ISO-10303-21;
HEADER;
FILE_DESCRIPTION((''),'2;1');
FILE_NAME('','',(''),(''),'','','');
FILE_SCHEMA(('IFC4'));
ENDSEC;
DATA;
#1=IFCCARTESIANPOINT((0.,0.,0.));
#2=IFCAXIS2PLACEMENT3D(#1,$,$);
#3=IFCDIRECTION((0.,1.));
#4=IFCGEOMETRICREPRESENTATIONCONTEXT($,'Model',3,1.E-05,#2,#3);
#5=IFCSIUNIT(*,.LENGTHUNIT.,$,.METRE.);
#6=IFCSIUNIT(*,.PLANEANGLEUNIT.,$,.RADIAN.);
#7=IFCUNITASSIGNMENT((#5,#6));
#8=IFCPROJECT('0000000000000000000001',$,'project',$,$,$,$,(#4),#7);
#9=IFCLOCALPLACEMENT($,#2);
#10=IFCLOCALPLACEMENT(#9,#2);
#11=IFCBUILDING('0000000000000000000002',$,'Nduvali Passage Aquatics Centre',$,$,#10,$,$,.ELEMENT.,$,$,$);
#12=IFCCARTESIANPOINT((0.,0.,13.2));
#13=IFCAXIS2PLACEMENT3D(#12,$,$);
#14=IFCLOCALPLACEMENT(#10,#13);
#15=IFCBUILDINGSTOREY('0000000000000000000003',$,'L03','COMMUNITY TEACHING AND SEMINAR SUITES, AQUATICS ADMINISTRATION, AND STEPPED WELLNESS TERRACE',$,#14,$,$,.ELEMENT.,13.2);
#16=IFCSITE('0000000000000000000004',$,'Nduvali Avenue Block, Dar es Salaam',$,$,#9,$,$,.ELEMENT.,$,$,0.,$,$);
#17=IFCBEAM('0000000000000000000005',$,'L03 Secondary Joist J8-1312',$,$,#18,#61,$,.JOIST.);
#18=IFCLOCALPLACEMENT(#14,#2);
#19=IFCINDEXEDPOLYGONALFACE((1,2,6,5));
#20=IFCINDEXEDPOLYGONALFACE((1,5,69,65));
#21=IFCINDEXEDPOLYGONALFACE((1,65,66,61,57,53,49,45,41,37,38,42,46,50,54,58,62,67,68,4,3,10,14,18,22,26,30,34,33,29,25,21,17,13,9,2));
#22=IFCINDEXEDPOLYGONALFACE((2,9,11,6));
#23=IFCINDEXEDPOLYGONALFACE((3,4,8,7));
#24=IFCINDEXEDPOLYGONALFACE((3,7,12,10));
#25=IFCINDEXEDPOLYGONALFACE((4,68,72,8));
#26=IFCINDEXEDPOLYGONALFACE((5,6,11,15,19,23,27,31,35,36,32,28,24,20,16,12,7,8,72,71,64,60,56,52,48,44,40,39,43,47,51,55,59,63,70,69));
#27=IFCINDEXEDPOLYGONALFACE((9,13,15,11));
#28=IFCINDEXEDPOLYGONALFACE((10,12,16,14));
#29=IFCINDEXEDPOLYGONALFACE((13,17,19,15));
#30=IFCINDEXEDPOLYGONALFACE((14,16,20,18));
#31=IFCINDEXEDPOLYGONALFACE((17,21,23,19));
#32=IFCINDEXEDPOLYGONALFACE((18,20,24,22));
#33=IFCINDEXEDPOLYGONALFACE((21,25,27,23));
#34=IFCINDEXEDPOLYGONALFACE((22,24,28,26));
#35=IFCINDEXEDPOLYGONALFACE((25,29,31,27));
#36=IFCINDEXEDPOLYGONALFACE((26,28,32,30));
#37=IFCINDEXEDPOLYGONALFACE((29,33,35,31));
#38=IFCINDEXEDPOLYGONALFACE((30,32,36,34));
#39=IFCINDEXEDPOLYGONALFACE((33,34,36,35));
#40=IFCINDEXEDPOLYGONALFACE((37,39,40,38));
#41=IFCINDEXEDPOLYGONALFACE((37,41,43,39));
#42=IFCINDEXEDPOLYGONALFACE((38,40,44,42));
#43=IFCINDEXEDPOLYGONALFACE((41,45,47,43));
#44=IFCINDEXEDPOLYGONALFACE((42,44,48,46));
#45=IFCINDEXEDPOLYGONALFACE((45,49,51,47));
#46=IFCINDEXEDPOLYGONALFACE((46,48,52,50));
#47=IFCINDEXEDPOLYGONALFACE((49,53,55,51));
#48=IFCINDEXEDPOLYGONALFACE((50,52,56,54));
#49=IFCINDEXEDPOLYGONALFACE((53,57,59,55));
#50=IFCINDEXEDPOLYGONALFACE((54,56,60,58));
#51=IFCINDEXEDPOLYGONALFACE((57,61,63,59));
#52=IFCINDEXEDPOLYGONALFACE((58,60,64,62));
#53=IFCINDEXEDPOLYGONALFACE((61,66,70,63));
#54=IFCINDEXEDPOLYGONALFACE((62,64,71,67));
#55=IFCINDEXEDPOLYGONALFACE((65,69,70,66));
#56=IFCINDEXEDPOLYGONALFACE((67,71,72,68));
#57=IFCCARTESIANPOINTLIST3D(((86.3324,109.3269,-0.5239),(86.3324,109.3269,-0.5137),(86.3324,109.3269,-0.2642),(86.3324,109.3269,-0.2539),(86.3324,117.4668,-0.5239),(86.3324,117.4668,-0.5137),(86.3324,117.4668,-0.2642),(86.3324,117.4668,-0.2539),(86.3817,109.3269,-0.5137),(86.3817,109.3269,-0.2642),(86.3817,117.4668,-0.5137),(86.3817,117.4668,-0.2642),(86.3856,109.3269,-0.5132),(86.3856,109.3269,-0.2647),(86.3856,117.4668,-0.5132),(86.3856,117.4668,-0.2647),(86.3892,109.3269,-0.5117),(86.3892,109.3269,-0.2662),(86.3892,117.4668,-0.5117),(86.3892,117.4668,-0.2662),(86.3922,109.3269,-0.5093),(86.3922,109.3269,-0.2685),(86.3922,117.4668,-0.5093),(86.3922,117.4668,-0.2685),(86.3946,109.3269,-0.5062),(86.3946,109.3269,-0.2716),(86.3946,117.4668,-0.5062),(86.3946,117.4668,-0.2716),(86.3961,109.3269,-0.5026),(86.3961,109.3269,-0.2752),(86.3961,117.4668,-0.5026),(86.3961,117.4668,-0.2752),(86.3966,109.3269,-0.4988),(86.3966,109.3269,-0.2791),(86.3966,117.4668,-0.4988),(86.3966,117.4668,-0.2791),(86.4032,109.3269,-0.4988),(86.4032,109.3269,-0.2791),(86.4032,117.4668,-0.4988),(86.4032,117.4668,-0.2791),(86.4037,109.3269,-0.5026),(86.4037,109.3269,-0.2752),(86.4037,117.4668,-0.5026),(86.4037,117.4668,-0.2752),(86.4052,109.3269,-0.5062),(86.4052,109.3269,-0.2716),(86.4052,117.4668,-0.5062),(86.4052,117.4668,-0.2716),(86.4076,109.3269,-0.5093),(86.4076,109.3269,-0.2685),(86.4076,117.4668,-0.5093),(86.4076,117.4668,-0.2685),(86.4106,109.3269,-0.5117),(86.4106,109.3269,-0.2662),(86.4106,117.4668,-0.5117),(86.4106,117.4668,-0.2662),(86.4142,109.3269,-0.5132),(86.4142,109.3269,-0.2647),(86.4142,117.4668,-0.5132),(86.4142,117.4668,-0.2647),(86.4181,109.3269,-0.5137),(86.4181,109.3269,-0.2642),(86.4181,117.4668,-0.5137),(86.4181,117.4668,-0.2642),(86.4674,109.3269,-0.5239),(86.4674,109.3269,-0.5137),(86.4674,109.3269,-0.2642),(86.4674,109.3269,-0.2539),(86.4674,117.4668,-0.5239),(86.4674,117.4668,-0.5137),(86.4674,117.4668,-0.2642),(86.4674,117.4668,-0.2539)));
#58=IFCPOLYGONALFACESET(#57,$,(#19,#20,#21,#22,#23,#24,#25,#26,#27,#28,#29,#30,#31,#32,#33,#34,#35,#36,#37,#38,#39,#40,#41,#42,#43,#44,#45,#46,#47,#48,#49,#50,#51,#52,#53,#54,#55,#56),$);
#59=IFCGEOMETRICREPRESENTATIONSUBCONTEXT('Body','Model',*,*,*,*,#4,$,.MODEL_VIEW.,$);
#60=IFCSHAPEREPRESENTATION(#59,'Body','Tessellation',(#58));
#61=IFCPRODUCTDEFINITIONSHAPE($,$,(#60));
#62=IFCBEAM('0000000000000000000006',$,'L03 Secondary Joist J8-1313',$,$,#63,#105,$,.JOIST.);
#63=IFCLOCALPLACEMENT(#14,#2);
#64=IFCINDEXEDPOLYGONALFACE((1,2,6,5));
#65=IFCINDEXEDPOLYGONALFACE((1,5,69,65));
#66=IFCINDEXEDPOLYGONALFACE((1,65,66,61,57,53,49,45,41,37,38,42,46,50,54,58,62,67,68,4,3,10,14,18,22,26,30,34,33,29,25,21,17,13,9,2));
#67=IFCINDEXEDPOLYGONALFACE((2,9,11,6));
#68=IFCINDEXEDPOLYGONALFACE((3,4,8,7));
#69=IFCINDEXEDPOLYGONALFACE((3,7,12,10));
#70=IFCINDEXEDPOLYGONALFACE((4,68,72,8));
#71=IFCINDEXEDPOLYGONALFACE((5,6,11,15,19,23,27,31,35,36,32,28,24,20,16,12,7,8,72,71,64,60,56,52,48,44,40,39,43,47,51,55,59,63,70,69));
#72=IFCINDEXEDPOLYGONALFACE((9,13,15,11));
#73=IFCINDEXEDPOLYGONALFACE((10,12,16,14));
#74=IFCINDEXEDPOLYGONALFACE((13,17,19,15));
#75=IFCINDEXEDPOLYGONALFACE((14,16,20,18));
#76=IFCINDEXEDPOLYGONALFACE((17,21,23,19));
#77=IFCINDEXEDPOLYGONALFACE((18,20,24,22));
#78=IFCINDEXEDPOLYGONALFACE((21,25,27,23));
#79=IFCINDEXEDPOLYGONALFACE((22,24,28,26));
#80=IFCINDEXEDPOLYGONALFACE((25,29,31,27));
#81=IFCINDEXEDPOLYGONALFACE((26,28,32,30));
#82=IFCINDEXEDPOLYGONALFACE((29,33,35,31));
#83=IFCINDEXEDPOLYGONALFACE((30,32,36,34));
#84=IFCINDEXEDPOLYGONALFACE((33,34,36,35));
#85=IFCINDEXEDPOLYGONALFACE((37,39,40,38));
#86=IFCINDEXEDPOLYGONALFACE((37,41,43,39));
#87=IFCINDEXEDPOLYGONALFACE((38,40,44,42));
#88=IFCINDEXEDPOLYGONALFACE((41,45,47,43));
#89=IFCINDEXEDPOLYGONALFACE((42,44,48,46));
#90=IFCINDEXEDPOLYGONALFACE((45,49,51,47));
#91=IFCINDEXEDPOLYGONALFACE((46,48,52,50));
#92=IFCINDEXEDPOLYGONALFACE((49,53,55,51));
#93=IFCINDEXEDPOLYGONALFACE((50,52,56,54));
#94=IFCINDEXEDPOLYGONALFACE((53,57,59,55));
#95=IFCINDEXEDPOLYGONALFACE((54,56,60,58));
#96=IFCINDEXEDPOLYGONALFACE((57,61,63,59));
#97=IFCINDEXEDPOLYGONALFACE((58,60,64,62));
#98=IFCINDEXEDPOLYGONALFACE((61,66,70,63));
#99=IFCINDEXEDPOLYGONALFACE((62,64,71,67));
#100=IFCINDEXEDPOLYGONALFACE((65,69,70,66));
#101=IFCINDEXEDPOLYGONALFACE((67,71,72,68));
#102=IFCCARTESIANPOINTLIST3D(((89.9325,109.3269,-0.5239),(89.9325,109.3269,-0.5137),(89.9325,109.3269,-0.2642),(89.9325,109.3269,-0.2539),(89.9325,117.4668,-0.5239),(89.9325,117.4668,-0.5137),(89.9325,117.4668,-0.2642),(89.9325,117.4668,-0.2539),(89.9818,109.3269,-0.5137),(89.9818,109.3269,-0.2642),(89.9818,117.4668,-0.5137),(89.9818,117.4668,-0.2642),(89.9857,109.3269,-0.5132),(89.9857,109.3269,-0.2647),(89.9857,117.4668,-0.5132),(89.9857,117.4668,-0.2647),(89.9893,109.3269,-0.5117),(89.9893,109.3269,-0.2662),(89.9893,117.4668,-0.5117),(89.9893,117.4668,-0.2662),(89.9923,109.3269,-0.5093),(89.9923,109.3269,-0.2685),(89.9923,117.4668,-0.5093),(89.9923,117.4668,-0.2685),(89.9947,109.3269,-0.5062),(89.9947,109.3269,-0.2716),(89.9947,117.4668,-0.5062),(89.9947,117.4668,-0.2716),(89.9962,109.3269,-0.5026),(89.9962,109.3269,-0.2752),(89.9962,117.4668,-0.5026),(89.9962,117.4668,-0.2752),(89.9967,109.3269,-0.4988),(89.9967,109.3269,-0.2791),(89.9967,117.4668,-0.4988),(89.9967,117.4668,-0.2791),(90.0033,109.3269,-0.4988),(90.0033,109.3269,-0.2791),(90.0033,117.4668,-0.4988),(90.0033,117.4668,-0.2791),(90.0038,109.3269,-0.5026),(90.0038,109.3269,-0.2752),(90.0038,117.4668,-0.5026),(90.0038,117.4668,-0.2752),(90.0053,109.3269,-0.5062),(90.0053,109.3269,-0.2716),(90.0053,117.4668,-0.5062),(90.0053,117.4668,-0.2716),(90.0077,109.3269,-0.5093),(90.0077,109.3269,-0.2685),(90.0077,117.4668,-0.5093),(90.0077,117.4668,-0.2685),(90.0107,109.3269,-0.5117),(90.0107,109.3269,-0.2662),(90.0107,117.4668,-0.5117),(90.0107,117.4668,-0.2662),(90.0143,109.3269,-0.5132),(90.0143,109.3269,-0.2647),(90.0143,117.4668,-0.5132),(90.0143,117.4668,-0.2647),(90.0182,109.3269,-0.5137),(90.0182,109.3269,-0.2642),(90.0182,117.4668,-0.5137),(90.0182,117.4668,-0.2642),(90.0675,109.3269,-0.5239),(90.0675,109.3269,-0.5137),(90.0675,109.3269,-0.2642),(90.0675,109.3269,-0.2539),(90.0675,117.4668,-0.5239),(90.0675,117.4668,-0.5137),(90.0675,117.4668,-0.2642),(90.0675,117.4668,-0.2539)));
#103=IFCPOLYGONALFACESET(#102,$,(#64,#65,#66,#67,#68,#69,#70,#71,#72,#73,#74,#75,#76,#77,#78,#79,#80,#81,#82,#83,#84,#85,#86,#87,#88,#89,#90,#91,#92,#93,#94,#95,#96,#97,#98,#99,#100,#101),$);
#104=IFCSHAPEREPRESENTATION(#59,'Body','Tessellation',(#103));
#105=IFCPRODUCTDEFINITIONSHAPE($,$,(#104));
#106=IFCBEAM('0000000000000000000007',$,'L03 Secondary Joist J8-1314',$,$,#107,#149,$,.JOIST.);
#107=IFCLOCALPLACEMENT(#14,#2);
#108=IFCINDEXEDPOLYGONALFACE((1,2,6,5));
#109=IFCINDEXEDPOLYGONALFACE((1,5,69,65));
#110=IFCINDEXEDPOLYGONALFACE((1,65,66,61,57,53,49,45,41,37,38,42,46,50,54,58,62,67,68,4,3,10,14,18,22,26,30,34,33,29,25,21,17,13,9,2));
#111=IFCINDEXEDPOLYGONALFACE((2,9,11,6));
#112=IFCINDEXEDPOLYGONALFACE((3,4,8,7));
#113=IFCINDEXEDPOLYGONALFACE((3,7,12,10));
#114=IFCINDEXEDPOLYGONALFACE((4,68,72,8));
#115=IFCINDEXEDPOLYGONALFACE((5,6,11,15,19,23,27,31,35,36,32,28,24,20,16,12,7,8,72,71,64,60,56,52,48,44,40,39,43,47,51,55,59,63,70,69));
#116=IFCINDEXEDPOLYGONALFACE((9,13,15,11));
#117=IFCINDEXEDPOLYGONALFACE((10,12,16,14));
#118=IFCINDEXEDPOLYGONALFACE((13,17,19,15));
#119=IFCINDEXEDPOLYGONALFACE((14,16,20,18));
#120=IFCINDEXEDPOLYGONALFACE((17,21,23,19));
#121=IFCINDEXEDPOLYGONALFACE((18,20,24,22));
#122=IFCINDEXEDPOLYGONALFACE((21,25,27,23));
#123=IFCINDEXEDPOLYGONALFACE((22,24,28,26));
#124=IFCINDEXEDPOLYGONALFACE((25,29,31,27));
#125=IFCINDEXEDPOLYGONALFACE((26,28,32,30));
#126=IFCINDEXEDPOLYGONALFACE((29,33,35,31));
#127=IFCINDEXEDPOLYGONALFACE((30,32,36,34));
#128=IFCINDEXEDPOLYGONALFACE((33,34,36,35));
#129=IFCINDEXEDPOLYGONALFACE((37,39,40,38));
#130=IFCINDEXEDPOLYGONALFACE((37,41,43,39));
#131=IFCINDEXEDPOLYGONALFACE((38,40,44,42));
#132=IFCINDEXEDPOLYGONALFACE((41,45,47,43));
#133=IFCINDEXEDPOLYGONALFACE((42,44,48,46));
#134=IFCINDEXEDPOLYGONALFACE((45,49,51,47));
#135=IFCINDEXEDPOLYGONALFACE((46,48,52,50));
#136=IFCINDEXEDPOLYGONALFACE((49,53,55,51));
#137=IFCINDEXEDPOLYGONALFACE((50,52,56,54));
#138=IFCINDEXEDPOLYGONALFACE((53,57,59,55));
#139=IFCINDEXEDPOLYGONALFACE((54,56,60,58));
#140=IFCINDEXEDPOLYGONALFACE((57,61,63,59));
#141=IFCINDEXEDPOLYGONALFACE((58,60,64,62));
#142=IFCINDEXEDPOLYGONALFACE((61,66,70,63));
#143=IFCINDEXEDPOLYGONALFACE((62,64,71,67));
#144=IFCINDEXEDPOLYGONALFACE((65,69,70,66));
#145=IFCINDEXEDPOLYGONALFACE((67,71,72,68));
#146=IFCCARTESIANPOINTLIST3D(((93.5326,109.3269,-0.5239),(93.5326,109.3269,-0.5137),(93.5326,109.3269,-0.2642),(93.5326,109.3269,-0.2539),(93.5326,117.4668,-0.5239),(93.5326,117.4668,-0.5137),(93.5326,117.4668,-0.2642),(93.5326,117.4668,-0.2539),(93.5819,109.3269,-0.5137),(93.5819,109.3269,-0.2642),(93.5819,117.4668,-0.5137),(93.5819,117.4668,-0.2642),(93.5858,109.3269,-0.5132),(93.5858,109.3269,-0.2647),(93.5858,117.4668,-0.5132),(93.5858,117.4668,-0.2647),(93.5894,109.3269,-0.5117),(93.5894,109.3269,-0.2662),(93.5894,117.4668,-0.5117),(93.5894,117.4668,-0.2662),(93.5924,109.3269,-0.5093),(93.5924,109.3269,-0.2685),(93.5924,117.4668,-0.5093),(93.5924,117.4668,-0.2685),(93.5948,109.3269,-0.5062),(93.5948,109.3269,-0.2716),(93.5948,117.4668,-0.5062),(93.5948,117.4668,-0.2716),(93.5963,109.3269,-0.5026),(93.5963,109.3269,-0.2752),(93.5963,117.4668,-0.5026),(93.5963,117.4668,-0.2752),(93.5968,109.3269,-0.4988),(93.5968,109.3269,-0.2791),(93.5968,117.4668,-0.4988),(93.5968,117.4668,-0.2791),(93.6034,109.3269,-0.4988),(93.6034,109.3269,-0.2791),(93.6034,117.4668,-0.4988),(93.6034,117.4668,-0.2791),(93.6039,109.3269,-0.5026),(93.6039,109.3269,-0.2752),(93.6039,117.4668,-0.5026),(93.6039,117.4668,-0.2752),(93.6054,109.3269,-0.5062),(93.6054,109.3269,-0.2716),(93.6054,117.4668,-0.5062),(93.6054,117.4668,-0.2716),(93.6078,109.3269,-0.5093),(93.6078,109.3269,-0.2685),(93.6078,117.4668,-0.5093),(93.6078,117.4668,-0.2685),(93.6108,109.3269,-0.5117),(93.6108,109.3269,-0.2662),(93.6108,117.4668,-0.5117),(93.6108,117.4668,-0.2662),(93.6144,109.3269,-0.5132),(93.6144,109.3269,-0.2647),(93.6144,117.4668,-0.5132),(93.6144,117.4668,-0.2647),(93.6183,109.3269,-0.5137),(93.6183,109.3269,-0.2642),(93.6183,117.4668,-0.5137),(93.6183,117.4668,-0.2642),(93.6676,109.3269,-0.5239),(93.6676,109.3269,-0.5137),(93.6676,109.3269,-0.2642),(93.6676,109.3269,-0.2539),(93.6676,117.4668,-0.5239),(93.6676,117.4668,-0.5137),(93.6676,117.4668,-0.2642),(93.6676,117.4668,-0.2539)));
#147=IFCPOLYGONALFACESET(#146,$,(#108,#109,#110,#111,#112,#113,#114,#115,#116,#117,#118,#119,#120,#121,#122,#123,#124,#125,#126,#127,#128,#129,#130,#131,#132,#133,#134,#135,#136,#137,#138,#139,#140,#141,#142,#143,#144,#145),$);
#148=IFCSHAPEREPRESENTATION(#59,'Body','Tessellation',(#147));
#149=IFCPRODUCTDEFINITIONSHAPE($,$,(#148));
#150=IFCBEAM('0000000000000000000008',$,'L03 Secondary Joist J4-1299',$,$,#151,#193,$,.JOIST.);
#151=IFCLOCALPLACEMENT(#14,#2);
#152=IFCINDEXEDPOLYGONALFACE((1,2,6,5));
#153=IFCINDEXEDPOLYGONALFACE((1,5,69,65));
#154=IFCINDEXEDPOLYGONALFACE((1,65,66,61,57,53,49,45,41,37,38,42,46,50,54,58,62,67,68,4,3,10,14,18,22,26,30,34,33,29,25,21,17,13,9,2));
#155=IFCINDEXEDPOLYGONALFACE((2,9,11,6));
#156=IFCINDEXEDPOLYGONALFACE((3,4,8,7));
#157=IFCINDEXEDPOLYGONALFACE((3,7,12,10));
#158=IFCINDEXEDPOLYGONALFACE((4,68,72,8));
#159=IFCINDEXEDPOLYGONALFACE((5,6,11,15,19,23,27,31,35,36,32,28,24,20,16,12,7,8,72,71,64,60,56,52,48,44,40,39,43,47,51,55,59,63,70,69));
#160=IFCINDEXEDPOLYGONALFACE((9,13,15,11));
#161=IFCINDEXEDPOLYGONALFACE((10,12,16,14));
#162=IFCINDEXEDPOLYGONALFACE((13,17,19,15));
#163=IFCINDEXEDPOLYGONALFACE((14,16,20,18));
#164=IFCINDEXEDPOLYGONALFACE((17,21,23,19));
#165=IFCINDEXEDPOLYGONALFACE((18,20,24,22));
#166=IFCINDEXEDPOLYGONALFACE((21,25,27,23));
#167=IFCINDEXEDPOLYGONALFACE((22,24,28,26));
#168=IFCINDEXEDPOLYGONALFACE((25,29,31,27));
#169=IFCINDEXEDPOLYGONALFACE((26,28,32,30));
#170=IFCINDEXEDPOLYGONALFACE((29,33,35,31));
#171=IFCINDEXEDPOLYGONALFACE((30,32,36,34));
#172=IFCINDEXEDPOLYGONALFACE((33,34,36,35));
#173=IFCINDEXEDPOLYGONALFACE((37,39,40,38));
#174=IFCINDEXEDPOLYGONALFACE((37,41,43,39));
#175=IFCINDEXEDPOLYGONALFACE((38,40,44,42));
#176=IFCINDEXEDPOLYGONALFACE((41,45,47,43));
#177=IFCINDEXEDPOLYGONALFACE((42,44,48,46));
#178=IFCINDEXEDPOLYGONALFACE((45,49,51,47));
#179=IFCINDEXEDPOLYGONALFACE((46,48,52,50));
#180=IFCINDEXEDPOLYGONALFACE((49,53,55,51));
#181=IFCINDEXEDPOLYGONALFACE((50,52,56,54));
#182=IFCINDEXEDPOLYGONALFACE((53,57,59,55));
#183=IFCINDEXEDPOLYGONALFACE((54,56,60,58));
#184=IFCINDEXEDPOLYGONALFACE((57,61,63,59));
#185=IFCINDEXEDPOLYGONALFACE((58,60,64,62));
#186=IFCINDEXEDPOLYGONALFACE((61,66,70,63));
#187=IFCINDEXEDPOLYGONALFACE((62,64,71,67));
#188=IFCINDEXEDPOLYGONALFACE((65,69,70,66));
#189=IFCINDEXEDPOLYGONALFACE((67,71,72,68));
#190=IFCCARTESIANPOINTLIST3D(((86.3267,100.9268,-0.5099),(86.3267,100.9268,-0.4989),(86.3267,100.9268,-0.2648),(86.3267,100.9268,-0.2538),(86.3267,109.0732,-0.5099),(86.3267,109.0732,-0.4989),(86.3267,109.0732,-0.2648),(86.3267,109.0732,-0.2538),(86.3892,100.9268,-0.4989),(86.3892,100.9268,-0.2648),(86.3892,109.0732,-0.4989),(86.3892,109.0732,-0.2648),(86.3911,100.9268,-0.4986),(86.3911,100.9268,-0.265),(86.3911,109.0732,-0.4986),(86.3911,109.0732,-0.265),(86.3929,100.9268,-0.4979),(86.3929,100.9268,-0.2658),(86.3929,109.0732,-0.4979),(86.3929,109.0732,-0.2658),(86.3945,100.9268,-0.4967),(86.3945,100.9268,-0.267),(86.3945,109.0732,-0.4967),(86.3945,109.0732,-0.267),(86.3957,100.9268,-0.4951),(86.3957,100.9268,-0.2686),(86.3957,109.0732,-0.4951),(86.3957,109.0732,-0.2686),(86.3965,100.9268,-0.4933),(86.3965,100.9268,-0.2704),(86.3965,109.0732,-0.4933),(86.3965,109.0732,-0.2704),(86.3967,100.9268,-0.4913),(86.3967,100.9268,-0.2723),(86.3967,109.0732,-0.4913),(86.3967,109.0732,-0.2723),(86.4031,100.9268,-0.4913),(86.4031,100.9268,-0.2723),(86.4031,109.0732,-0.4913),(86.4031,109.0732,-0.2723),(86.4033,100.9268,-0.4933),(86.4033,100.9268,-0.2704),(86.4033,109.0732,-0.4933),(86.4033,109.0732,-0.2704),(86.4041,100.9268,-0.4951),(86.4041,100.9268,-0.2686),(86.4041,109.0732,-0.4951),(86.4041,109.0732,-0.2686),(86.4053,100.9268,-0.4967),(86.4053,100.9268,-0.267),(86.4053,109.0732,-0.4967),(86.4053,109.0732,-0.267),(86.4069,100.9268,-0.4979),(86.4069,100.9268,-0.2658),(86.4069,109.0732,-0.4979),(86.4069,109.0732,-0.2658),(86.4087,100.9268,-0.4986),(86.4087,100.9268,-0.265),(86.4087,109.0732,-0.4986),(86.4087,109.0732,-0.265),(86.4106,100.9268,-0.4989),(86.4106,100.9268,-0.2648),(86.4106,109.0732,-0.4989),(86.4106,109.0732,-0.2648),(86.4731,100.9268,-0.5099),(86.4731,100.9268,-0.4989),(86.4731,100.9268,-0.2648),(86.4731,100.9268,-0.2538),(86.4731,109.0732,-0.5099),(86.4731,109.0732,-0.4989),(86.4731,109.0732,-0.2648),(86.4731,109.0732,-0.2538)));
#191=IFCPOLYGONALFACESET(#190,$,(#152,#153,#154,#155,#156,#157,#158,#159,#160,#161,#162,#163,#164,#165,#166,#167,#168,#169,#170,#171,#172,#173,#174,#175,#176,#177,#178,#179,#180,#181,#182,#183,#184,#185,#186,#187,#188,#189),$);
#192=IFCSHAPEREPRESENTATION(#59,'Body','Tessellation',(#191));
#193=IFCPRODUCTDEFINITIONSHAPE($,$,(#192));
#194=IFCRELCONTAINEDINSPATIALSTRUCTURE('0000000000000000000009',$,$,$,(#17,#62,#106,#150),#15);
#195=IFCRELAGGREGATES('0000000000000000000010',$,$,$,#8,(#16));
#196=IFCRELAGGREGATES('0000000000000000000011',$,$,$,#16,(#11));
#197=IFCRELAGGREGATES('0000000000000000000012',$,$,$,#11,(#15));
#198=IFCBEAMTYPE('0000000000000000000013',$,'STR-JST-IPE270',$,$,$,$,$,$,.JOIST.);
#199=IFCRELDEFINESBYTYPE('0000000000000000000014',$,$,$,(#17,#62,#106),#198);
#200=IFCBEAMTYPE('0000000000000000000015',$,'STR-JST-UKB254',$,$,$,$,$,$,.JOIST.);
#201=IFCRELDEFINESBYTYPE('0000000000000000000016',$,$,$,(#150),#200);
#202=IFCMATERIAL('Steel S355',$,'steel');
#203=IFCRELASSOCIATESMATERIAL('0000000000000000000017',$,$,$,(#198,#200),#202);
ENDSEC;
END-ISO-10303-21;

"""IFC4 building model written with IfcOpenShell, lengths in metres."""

from ifc_helpers import new_model, si_unit, direction, frame, origin, origin_2d, place, context, subcontext, project, spatial, i_section, extrude, material, material_profile, profile_set, type_object, element, save


model = new_model("IFC4")

# Units and contexts
model_context = context("Model", 3, precision=1e-05, world=origin(), true_north=direction((0.0, 1.0)))
body_context = subcontext(model_context, "Body", "Model", "MODEL_VIEW")
ifc_project = project(units=[si_unit("LENGTHUNIT", "METRE"), si_unit("PLANEANGLEUNIT", "RADIAN")], contexts=[model_context])

# Site, building, storey
site_placement = place(None, origin())
site = spatial("IfcSite", under=ifc_project, at=site_placement, Name="Nduvali Avenue Block, Dar es Salaam", CompositionType="ELEMENT", RefElevation=0.0)
building_placement = place(site_placement, origin())
building = spatial("IfcBuilding", under=site, at=building_placement, Name="Nduvali Passage Aquatics Centre", CompositionType="ELEMENT")
storey_placement = place(building_placement, frame((0.0, 0.0, 13.2)))
storey = spatial("IfcBuildingStorey", under=building, at=storey_placement, Name="L03", Description="COMMUNITY TEACHING AND SEMINAR SUITES, AQUATICS ADMINISTRATION, AND STEPPED WELLNESS TERRACE", CompositionType="ELEMENT", Elevation=13.2)

# Shared definitions
ifc_material_1 = material(Name="Steel S355", Category="steel")

# Beams
ifc_material_profile_1 = material_profile(ifc_material_1, i_section(OverallWidth=0.135, OverallDepth=0.27, WebThickness=0.0066, FlangeThickness=0.0103, FilletRadius=0.0149, at=origin_2d()), Name="IPE 270")
ifc_profile_set_1 = profile_set([ifc_material_profile_1], Name="Steel S355")
beam_type_1 = type_object("IfcBeamType", Name="STR-JST-IPE270", PredefinedType="JOIST", material=ifc_profile_set_1)
for number, where, z_axis, x_axis, name in (
    (1, (86.3999, 109.3269, -0.3889), (0.0, 1.0, 0.0), (-1.0, 0.0, 0.0), "L03 Secondary Joist J8-1312"),
    (2, (90.0, 109.3269, -0.3889), (0.0, 1.0, 0.0), (-1.0, 0.0, 0.0), "L03 Secondary Joist J8-1313"),
    (3, (93.6001, 109.3269, -0.3889), (0.0, 1.0, 0.0), (-1.0, 0.0, 0.0), "L03 Secondary Joist J8-1314"),
):
    element("IfcBeam", number, at=place(storey_placement, frame(where, z_axis=z_axis, x_axis=x_axis)), inside=storey, type_object=beam_type_1, Name=name, PredefinedType="JOIST", context=body_context, shape_type="SweptSolid", body=[
        extrude(i_section(OverallWidth=0.135, OverallDepth=0.27, WebThickness=0.0066, FlangeThickness=0.0103, FilletRadius=0.0149, at=origin_2d()), origin(), (0.0, 0.0, 1.0), 8.1399),
    ])
ifc_material_profile_2 = material_profile(ifc_material_1, i_section(OverallWidth=0.1465, OverallDepth=0.2561, WebThickness=0.0063, FlangeThickness=0.011, FilletRadius=0.0076, at=origin_2d()), Name="UKB 254x146x37")
ifc_profile_set_2 = profile_set([ifc_material_profile_2], Name="Steel S355")
beam_type_2 = type_object("IfcBeamType", Name="STR-JST-UKB254", PredefinedType="JOIST", material=ifc_profile_set_2)
for number, where, z_axis, x_axis, name in (
    (4, (86.3999, 100.9268, -0.3818), (0.0, 1.0, 0.0), (-1.0, 0.0, 0.0), "L03 Secondary Joist J4-1299"),
):
    element("IfcBeam", number, at=place(storey_placement, frame(where, z_axis=z_axis, x_axis=x_axis)), inside=storey, type_object=beam_type_2, Name=name, PredefinedType="JOIST", context=body_context, shape_type="SweptSolid", body=[
        extrude(i_section(OverallWidth=0.1465, OverallDepth=0.2561, WebThickness=0.0063, FlangeThickness=0.011, FilletRadius=0.0076, at=origin_2d()), origin(), (0.0, 0.0, 1.0), 8.1465),
    ])

save(model, "model.ifc")
